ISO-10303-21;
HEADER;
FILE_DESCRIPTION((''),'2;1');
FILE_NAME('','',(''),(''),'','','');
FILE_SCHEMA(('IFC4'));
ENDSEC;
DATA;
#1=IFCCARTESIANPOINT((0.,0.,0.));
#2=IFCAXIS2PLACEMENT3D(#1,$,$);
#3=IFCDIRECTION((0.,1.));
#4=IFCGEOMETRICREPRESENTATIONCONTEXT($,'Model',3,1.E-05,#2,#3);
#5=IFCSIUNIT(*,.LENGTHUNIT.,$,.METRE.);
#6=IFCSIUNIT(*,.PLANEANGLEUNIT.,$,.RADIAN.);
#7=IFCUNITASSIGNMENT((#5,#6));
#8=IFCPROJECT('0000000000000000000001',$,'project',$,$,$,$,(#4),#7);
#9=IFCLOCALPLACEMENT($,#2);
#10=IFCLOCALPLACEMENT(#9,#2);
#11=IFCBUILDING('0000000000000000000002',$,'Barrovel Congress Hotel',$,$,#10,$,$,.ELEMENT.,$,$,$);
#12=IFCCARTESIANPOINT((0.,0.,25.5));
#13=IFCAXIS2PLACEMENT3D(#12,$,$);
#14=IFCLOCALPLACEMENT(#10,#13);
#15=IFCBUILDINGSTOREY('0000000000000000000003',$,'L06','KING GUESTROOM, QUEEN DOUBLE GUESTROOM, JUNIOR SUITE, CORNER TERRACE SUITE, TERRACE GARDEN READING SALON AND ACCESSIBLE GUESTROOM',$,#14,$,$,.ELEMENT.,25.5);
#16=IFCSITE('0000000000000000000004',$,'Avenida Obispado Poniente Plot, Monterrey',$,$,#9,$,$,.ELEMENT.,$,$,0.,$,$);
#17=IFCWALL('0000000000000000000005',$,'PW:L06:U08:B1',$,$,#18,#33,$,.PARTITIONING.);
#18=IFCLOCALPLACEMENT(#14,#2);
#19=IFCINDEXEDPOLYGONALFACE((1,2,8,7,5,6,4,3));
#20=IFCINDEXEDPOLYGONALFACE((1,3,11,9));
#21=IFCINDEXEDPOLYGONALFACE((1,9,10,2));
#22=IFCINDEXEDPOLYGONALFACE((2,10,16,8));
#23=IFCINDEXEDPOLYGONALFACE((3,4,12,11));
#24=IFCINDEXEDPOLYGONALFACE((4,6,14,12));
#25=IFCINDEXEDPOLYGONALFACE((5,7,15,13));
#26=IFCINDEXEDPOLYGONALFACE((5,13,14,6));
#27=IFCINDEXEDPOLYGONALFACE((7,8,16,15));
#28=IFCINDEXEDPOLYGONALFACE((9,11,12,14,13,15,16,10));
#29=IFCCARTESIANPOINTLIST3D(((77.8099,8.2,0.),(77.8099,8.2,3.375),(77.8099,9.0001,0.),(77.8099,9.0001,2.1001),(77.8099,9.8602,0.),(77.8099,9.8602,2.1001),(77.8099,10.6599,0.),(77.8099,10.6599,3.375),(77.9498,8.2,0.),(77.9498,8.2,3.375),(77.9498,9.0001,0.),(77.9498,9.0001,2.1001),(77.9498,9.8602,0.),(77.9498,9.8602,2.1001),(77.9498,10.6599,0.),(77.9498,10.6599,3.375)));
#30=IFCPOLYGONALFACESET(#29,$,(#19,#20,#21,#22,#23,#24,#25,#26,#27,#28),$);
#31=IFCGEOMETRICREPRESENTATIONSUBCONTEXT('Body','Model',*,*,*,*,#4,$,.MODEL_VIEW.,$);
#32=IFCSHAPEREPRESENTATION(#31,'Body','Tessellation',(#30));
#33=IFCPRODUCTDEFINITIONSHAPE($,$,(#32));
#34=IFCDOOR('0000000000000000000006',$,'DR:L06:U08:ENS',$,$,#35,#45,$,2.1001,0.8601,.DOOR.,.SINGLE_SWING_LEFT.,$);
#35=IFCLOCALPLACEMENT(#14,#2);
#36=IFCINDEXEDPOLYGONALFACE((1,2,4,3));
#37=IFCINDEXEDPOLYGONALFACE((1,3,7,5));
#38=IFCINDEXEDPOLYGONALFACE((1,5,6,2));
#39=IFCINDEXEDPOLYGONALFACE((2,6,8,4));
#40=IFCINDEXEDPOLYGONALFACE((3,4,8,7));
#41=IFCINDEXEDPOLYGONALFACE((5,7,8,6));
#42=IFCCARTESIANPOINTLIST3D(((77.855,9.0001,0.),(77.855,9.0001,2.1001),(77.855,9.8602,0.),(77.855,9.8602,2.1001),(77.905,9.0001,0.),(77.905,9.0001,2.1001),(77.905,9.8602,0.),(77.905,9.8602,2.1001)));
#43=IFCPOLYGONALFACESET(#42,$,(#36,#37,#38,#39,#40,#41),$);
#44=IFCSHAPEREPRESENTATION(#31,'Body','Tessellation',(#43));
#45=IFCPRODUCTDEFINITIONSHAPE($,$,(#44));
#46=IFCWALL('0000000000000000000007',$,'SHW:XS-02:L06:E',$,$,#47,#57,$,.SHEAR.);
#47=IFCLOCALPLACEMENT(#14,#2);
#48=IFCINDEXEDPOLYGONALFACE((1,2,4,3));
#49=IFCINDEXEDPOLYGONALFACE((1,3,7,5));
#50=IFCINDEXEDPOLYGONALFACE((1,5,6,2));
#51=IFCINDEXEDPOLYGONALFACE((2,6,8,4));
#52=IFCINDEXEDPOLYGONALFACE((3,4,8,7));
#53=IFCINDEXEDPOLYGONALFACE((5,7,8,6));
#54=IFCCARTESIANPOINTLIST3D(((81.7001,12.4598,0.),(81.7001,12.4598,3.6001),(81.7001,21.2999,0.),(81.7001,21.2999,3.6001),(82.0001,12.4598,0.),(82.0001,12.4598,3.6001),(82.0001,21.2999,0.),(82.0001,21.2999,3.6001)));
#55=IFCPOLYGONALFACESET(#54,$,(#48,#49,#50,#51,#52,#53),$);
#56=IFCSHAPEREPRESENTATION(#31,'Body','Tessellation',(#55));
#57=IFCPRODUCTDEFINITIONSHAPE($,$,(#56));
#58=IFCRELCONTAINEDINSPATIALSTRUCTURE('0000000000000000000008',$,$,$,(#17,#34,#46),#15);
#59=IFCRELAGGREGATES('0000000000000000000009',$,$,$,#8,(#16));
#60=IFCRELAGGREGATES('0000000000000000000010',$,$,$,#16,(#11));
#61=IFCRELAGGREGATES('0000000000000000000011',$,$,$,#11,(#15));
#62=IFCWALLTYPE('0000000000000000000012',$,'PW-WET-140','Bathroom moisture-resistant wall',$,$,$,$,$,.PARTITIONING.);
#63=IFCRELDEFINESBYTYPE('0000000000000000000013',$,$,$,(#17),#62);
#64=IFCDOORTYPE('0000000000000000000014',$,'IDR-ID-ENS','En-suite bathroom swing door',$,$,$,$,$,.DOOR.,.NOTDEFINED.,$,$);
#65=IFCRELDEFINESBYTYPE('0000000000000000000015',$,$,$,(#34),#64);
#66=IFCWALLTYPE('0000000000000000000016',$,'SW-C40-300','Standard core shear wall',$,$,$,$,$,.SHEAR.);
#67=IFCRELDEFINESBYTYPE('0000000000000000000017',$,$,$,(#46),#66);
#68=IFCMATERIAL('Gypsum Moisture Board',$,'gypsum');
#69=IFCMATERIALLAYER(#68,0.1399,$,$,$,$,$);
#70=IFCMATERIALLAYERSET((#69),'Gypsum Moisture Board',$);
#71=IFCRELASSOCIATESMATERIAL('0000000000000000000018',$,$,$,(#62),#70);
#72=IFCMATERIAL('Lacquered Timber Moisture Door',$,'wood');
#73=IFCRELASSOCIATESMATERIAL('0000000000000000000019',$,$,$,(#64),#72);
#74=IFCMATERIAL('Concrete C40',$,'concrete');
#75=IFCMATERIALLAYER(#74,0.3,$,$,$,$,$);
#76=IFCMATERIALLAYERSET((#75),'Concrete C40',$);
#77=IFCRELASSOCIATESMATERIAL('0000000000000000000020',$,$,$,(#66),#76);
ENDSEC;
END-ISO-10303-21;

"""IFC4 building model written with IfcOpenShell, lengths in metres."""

from ifc_helpers import new_model, si_unit, direction, frame, frame_2d, origin, place, context, subcontext, project, spatial, rectangle, extrude, material, layer, layer_set, type_object, element, fill, save


model = new_model("IFC4")

# Units and contexts
model_context = context("Model", 3, precision=1e-05, world=origin(), true_north=direction((0.0, 1.0)))
body_context = subcontext(model_context, "Body", "Model", "MODEL_VIEW")
ifc_project = project(units=[si_unit("LENGTHUNIT", "METRE"), si_unit("PLANEANGLEUNIT", "RADIAN")], contexts=[model_context])

# Site, building, storey
site_placement = place(None, origin())
site = spatial("IfcSite", under=ifc_project, at=site_placement, Name="Avenida Obispado Poniente Plot, Monterrey", CompositionType="ELEMENT", RefElevation=0.0)
building_placement = place(site_placement, origin())
building = spatial("IfcBuilding", under=site, at=building_placement, Name="Barrovel Congress Hotel", CompositionType="ELEMENT")
storey_placement = place(building_placement, frame((0.0, 0.0, 25.5)))
storey = spatial("IfcBuildingStorey", under=building, at=storey_placement, Name="L06", Description="KING GUESTROOM, QUEEN DOUBLE GUESTROOM, JUNIOR SUITE, CORNER TERRACE SUITE, TERRACE GARDEN READING SALON AND ACCESSIBLE GUESTROOM", CompositionType="ELEMENT", Elevation=25.5)

# Shared definitions
ifc_material_1 = material(Name="Concrete C40", Category="concrete")

# Wall, opening, door
ifc_material_2 = material(Name="Gypsum Moisture Board", Category="gypsum")
ifc_layer_1 = layer(ifc_material_2, 0.1399)
ifc_layer_set_1 = layer_set([ifc_layer_1], Name="Gypsum Moisture Board")
wall_type_1 = type_object("IfcWallType", Name="PW-WET-140", Description="Bathroom moisture-resistant wall", PredefinedType="PARTITIONING", material=ifc_layer_set_1)
ifc_material_3 = material(Name="Lacquered Timber Moisture Door", Category="wood")
door_type_1 = type_object("IfcDoorType", Name="IDR-ID-ENS", Description="En-suite bathroom swing door", OperationType="NOTDEFINED", PredefinedType="DOOR", material=ifc_material_3)
wall_1_placement = place(storey_placement, frame((77.8799, 8.2, 0.0), z_axis=(0.0, 0.0, 1.0), x_axis=(0.0, 1.0, 0.0)))
wall_1 = element("IfcWall", 1, at=wall_1_placement, inside=storey, type_object=wall_type_1, Name="PW:L06:U08:B1", PredefinedType="PARTITIONING", context=body_context, shape_type="SweptSolid", body=[
    extrude(rectangle(XDim=2.46, YDim=0.1399, at=frame_2d((1.23, 0.0))), origin(), (0.0, 0.0, 1.0), 3.375),
])
opening_1_placement = place(wall_1_placement, frame((0.8, 0.0, 0.0)))
opening_1 = element("IfcOpeningElement", 2, at=opening_1_placement, cuts=wall_1, PredefinedType="OPENING", context=body_context, shape_type="SweptSolid", body=[
    extrude(rectangle(XDim=0.8601, YDim=2.1001, at=frame_2d((0.4302, 1.05))), frame((0.0, 0.0801, 0.0), z_axis=(0.0, -1.0, 0.0), x_axis=(1.0, 0.0, 0.0)), (0.0, 0.0, 1.0), 0.1599),
])
door_1_placement = place(opening_1_placement, origin())
door_1 = element("IfcDoor", 3, at=door_1_placement, inside=storey, type_object=door_type_1, Name="DR:L06:U08:ENS", OperationType="SINGLE_SWING_LEFT", OverallHeight=2.1001, OverallWidth=0.8601, PredefinedType="DOOR", context=body_context, shape_type="SweptSolid", body=[
    extrude(rectangle(XDim=0.8601, YDim=2.1001, at=frame_2d((0.4302, 1.05))), frame((0.0, 0.0249, 0.0), z_axis=(0.0, -1.0, 0.0), x_axis=(1.0, 0.0, 0.0)), (0.0, 0.0, 1.0), 0.05),
])
fill(opening_1, door_1)
ifc_layer_2 = layer(ifc_material_1, 0.3)
ifc_layer_set_2 = layer_set([ifc_layer_2], Name="Concrete C40")
wall_type_2 = type_object("IfcWallType", Name="SW-C40-300", Description="Standard core shear wall", PredefinedType="SHEAR", material=ifc_layer_set_2)

# Wall
wall_2_placement = place(storey_placement, frame((81.8501, 12.46, 0.0), z_axis=(0.0, 0.0, 1.0), x_axis=(0.0, 1.0, 0.0)))
element("IfcWall", 4, at=wall_2_placement, inside=storey, type_object=wall_type_2, Name="SHW:XS-02:L06:E", PredefinedType="SHEAR", context=body_context, shape_type="SweptSolid", body=[
    extrude(rectangle(XDim=8.8401, YDim=0.3, at=frame_2d((4.4199, 0.0))), origin(), (0.0, 0.0, 1.0), 3.6001),
])

save(model, "model.ifc")
